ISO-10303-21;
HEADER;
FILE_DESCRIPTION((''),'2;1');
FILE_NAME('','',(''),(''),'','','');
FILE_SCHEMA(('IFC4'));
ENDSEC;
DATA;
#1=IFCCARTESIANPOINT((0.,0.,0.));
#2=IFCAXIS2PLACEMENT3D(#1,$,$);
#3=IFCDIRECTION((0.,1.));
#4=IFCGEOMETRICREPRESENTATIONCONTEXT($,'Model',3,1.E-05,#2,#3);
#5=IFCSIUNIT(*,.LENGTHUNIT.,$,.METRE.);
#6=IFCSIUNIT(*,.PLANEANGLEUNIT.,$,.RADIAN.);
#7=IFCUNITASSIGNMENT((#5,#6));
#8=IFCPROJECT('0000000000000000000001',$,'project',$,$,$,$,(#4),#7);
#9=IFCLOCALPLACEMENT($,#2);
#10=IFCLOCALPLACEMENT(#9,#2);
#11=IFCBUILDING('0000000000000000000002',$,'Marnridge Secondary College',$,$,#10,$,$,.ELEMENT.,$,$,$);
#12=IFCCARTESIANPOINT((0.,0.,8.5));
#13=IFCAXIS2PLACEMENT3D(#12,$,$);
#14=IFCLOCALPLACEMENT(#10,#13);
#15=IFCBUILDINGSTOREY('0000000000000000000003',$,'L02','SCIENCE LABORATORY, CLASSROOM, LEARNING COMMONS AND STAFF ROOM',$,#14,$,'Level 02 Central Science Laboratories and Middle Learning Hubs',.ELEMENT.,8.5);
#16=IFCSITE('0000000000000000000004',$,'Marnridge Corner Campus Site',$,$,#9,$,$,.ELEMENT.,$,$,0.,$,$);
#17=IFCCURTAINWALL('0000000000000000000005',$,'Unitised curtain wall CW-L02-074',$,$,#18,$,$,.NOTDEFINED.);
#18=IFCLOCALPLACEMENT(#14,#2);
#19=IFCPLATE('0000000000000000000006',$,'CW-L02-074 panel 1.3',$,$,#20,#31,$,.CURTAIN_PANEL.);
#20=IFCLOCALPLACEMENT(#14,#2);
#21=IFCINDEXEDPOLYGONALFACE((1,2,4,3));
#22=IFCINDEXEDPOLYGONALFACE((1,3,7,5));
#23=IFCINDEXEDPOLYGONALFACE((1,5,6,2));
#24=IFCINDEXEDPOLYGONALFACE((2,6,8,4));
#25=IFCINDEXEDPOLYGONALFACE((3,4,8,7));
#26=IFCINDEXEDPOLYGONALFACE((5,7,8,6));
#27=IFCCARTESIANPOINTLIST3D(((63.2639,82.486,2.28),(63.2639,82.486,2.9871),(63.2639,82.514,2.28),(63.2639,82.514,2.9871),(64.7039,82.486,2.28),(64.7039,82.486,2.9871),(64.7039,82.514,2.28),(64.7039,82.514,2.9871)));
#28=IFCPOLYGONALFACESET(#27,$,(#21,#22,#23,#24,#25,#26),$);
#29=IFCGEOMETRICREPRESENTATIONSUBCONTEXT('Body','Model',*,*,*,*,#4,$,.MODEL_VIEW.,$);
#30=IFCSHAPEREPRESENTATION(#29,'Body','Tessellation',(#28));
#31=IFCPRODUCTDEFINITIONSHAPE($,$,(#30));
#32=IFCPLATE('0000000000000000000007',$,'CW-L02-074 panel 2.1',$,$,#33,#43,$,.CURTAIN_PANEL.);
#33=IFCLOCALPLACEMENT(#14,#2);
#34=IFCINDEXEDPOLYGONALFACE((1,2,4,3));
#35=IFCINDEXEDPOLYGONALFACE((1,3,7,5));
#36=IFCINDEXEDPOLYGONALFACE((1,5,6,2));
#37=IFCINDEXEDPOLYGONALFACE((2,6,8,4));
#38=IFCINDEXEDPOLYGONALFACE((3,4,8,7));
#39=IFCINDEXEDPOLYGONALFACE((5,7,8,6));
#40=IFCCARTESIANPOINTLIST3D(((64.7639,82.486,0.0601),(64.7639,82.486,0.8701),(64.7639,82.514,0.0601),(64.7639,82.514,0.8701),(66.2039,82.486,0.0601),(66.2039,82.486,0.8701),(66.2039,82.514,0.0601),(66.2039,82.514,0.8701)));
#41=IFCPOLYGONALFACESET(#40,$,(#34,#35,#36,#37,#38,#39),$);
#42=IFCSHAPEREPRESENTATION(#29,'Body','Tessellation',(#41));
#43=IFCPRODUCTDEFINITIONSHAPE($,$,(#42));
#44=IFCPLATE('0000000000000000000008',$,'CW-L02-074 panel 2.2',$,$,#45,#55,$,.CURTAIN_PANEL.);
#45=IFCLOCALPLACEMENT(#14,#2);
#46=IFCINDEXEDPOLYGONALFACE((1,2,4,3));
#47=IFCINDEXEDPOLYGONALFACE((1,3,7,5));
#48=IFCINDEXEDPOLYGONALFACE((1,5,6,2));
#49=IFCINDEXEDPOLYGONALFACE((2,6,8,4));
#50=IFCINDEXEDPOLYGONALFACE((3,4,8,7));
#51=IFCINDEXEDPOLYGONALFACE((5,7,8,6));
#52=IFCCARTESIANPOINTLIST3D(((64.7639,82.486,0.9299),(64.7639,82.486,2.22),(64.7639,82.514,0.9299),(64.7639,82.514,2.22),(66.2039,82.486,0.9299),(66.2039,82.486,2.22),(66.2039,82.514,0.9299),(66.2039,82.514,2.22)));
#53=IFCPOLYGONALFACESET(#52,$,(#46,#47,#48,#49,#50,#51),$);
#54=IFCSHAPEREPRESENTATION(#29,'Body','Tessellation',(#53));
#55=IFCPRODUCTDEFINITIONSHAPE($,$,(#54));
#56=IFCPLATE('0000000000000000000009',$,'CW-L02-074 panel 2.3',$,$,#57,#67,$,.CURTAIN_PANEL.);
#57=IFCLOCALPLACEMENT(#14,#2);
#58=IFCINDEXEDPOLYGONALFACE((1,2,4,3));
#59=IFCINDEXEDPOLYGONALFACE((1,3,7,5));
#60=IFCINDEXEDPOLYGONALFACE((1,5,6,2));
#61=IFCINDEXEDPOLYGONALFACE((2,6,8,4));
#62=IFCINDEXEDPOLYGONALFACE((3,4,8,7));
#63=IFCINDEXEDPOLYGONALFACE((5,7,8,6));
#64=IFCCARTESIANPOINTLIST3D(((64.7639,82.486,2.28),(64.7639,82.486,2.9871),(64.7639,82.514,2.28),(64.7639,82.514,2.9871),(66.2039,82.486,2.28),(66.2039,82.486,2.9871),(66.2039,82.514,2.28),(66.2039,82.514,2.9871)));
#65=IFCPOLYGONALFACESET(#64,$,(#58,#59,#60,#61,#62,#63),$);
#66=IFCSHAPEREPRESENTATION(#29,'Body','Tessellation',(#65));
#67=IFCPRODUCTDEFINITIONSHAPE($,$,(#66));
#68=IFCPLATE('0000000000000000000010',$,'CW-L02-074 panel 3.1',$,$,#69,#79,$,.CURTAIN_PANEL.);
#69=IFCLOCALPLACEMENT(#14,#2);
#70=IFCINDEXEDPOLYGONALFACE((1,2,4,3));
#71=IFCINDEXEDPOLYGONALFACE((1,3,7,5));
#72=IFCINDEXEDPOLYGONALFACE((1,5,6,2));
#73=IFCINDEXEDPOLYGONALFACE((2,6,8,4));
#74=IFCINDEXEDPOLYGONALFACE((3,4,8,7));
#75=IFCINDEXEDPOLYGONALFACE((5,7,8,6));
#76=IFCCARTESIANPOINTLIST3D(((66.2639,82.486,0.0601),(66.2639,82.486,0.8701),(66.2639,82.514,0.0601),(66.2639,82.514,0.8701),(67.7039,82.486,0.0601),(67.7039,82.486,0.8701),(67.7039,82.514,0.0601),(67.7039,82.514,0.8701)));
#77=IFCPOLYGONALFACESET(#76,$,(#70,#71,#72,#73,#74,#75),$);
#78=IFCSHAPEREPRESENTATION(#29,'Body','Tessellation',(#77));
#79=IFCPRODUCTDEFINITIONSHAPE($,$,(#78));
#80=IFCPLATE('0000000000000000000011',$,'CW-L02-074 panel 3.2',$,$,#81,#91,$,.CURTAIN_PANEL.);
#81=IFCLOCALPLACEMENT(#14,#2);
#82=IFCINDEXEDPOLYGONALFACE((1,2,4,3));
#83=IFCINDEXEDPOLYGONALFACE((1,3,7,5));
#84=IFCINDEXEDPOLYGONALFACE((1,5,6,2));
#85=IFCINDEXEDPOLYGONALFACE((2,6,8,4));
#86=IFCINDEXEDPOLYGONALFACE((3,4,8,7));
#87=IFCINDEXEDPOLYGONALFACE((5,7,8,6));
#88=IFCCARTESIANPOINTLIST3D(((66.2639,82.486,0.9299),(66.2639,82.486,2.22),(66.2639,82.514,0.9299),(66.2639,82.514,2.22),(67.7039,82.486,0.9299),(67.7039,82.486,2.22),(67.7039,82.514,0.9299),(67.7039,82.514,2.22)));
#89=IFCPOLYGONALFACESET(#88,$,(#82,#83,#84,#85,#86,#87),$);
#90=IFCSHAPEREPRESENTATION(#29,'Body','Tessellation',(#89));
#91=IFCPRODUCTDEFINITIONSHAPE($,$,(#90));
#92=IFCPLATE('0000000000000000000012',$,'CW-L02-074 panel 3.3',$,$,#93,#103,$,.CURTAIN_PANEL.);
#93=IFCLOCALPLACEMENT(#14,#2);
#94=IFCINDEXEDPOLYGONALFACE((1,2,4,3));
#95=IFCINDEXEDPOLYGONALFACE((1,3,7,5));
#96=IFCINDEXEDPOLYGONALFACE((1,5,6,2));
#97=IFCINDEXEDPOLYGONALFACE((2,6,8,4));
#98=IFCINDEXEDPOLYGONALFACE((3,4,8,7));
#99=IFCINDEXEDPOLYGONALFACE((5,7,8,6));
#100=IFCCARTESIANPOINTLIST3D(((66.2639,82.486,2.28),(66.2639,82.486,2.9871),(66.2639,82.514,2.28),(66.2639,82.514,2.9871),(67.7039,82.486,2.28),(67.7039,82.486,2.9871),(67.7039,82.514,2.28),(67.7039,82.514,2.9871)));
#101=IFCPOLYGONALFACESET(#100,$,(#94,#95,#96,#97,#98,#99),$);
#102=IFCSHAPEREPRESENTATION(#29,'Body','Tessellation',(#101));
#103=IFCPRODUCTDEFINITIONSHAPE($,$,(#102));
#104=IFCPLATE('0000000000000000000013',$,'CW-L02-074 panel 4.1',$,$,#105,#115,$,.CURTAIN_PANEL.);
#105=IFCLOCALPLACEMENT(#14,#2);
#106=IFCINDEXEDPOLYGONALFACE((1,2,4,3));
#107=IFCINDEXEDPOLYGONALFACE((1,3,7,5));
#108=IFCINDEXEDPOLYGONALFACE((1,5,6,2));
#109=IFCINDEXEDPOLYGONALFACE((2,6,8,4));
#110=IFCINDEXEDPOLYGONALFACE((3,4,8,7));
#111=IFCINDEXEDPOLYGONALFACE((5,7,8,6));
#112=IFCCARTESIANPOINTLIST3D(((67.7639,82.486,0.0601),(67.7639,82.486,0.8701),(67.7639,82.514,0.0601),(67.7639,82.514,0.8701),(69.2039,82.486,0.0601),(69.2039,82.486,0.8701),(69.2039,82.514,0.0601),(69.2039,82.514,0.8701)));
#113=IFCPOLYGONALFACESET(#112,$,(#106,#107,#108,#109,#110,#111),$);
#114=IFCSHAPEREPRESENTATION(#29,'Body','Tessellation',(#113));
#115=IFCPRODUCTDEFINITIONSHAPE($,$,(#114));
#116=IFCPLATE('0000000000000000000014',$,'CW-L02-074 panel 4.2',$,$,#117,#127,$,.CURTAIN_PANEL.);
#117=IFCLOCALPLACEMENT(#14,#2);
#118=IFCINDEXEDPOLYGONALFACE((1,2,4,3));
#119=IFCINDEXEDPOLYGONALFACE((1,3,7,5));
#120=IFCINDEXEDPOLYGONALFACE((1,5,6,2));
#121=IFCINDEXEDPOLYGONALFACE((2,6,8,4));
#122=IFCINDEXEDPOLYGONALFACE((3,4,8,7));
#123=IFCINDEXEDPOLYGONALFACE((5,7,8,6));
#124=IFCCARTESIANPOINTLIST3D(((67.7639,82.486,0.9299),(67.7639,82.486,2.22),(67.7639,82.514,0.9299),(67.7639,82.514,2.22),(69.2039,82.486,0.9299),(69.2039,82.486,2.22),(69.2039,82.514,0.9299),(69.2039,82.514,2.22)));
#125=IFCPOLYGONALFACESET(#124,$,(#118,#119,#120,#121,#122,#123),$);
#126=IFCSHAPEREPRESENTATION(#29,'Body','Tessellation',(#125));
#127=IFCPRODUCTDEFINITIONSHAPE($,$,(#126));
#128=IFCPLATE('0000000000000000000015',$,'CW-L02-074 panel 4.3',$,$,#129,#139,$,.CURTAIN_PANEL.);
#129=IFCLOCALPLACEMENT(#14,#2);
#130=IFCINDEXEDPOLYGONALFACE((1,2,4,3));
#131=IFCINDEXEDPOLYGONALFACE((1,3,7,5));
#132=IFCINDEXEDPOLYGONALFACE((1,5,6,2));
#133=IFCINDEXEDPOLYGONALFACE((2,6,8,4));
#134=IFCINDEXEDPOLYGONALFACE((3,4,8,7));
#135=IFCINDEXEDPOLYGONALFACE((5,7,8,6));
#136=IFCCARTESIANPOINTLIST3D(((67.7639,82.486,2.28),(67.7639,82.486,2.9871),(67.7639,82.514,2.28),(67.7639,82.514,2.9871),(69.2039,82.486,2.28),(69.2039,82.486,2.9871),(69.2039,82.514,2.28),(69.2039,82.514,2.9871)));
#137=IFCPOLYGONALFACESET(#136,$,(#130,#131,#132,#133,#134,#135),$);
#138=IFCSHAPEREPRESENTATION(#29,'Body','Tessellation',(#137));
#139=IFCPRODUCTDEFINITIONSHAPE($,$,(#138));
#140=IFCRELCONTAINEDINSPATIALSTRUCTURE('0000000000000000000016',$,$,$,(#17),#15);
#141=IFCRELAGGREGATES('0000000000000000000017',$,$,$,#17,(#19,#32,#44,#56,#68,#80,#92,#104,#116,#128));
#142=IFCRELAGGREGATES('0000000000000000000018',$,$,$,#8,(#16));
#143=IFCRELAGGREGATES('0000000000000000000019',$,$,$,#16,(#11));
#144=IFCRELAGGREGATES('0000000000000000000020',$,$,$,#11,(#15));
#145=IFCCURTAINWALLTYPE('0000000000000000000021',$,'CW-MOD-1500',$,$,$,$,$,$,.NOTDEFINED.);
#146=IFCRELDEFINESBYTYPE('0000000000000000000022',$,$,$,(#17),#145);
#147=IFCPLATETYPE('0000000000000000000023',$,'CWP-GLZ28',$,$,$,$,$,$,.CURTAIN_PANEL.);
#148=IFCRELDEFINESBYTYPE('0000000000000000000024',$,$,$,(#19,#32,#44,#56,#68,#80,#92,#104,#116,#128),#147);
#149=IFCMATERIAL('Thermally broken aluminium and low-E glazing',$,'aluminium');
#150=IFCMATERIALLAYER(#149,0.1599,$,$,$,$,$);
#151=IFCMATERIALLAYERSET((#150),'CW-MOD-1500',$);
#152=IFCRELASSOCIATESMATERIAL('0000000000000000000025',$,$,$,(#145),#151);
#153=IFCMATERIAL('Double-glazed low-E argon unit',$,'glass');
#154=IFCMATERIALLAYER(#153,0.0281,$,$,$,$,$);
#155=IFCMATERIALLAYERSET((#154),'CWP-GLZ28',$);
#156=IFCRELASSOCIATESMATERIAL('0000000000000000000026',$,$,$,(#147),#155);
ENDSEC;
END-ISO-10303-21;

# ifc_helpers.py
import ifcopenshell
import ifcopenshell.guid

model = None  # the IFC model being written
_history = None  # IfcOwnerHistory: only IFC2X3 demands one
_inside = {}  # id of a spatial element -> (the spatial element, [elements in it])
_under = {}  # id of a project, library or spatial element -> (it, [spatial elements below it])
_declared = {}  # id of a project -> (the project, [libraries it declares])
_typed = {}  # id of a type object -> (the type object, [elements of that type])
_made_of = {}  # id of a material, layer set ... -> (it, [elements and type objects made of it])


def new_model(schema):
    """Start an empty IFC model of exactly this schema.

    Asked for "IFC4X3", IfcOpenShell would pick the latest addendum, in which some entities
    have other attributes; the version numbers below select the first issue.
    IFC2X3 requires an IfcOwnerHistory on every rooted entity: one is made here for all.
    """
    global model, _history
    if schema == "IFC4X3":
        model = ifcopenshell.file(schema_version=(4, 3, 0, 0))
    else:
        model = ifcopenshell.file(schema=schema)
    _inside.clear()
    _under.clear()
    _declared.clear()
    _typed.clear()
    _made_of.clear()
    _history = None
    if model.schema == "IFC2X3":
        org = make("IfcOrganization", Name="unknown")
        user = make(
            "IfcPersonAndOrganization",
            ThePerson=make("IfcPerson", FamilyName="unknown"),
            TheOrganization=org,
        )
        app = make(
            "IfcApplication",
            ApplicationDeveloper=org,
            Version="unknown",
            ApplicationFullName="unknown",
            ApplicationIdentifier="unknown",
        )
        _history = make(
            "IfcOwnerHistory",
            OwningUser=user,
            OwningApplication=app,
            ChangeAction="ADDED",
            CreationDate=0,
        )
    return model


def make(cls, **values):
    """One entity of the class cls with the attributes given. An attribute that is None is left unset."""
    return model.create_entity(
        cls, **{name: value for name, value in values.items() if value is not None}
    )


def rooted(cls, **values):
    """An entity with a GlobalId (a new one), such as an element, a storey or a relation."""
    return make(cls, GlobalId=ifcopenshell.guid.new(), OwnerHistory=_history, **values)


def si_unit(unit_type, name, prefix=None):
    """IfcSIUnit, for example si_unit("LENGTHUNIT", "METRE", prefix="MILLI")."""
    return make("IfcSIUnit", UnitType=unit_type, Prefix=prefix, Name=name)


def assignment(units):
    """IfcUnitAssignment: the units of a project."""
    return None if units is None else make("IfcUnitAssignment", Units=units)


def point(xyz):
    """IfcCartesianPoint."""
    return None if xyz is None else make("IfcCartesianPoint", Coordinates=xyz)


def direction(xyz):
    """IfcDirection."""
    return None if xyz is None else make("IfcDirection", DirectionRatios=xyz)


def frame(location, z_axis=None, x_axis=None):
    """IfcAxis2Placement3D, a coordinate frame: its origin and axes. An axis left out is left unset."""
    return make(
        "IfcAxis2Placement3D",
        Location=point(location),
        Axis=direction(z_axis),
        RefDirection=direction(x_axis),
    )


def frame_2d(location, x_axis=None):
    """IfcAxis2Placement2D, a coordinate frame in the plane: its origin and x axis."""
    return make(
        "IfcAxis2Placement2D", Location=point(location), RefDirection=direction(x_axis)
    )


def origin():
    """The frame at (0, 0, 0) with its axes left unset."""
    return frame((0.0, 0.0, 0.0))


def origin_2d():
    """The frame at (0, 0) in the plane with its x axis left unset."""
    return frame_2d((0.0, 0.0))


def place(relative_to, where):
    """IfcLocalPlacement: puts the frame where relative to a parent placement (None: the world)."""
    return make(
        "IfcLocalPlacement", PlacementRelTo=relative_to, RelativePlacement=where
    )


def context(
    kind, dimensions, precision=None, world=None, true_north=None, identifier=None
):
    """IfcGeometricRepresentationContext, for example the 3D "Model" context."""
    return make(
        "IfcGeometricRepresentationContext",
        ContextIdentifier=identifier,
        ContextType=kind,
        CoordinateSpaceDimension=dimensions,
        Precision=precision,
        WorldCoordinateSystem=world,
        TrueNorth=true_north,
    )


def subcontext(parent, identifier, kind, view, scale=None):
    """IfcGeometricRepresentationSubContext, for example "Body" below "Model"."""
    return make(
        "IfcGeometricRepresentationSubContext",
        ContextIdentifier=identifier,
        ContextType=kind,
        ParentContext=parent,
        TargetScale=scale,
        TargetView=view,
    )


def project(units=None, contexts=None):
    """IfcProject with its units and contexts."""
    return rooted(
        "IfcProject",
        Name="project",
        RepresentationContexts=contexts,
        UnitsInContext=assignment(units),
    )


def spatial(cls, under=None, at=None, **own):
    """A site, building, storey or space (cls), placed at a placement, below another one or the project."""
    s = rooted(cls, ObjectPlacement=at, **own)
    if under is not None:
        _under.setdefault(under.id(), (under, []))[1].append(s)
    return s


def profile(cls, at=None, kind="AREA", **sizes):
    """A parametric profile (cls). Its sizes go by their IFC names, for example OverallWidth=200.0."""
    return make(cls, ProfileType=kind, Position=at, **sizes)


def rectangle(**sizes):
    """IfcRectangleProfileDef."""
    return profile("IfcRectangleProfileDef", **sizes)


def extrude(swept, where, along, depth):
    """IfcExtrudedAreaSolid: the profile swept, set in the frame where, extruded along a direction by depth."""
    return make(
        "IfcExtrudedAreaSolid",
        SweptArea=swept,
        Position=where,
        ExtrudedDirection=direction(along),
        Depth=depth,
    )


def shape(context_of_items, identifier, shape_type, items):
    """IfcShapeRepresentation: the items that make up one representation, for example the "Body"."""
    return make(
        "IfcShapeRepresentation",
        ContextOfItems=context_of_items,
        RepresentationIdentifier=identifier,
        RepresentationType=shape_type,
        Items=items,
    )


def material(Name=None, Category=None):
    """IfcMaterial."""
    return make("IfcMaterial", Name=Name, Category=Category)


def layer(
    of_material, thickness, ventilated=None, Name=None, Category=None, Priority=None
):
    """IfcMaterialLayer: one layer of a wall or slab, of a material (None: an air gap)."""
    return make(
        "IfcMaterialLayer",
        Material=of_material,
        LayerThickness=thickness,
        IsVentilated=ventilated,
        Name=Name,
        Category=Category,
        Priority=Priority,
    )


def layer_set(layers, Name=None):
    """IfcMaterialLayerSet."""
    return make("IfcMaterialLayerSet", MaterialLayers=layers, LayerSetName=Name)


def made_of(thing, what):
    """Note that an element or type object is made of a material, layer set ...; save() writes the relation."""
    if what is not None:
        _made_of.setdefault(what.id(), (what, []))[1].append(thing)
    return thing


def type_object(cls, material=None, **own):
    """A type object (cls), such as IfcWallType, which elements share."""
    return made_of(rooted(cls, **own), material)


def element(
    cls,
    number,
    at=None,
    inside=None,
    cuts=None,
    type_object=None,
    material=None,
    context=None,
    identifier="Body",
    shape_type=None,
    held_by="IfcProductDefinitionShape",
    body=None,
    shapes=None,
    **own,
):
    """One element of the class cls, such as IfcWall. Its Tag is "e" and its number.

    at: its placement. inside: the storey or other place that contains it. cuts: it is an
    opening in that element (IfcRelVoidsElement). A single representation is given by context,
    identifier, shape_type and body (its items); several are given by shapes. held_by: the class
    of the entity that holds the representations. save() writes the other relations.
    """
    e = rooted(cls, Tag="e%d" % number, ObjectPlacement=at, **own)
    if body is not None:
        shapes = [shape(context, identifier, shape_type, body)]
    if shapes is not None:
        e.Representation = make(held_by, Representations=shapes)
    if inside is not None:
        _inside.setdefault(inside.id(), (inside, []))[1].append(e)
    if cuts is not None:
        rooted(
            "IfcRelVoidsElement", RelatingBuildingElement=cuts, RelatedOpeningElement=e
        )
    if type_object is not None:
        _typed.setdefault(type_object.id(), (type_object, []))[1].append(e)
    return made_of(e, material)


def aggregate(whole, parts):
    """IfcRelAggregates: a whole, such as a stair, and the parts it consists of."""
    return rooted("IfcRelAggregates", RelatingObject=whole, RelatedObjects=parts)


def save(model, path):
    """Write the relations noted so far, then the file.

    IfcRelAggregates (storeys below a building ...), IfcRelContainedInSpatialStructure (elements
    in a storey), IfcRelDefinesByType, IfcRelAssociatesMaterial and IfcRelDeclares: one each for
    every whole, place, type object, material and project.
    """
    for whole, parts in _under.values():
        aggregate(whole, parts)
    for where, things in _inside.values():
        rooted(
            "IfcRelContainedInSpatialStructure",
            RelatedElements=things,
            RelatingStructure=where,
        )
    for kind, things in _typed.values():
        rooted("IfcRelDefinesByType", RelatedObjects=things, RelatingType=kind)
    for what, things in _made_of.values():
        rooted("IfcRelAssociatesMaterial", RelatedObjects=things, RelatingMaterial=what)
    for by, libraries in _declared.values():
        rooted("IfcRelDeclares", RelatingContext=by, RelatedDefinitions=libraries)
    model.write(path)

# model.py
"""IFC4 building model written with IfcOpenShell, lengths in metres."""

from ifc_helpers import new_model, si_unit, direction, frame, origin, origin_2d, place, context, subcontext, project, spatial, rectangle, extrude, material, layer, layer_set, type_object, element, aggregate, save


model = new_model("IFC4")

# Units and contexts
model_context = context("Model", 3, precision=1e-05, world=origin(), true_north=direction((0.0, 1.0)))
body_context = subcontext(model_context, "Body", "Model", "MODEL_VIEW")
ifc_project = project(units=[si_unit("LENGTHUNIT", "METRE"), si_unit("PLANEANGLEUNIT", "RADIAN")], contexts=[model_context])

# Site, building, storey
site_placement = place(None, origin())
site = spatial("IfcSite", under=ifc_project, at=site_placement, Name="Marnridge Corner Campus Site", CompositionType="ELEMENT", RefElevation=0.0)
building_placement = place(site_placement, origin())
building = spatial("IfcBuilding", under=site, at=building_placement, Name="Marnridge Secondary College", CompositionType="ELEMENT")
storey_placement = place(building_placement, frame((0.0, 0.0, 8.5)))
storey = spatial("IfcBuildingStorey", under=building, at=storey_placement, Name="L02", Description="SCIENCE LABORATORY, CLASSROOM, LEARNING COMMONS AND STAFF ROOM", LongName="Level 02 Central Science Laboratories and Middle Learning Hubs", CompositionType="ELEMENT", Elevation=8.5)

# Curtain wall, plates
ifc_material_1 = material(Name="Thermally broken aluminium and low-E glazing", Category="aluminium")
ifc_layer_1 = layer(ifc_material_1, 0.1599)
ifc_layer_set_1 = layer_set([ifc_layer_1], Name="CW-MOD-1500")
curtain_wall_type = type_object("IfcCurtainWallType", Name="CW-MOD-1500", PredefinedType="NOTDEFINED", material=ifc_layer_set_1)
curtain_wall_placement = place(storey_placement, origin())
curtain_wall = element("IfcCurtainWall", 1, at=curtain_wall_placement, inside=storey, type_object=curtain_wall_type, Name="Unitised curtain wall CW-L02-074", PredefinedType="NOTDEFINED")
ifc_material_2 = material(Name="Double-glazed low-E argon unit", Category="glass")
ifc_layer_2 = layer(ifc_material_2, 0.0281)
ifc_layer_set_2 = layer_set([ifc_layer_2], Name="CWP-GLZ28")
plate_type = type_object("IfcPlateType", Name="CWP-GLZ28", PredefinedType="CURTAIN_PANEL", material=ifc_layer_set_2)
plate_1_placement = place(storey_placement, frame((63.9839, 82.5, 2.28), z_axis=(0.0, 0.0, 1.0), x_axis=(1.0, 0.0, 0.0)))
plate_1 = element("IfcPlate", 2, at=plate_1_placement, type_object=plate_type, Name="CW-L02-074 panel 1.3", PredefinedType="CURTAIN_PANEL", context=body_context, shape_type="SweptSolid", body=[
    extrude(rectangle(XDim=1.4399, YDim=0.0281, at=origin_2d()), origin(), (0.0, 0.0, 1.0), 0.707),
])
plate_2_placement = place(storey_placement, frame((65.4839, 82.5, 0.0601), z_axis=(0.0, 0.0, 1.0), x_axis=(1.0, 0.0, 0.0)))
plate_2 = element("IfcPlate", 3, at=plate_2_placement, type_object=plate_type, Name="CW-L02-074 panel 2.1", PredefinedType="CURTAIN_PANEL", context=body_context, shape_type="SweptSolid", body=[
    extrude(rectangle(XDim=1.4399, YDim=0.0281, at=origin_2d()), origin(), (0.0, 0.0, 1.0), 0.8101),
])
plate_3_placement = place(storey_placement, frame((65.4839, 82.5, 0.9299), z_axis=(0.0, 0.0, 1.0), x_axis=(1.0, 0.0, 0.0)))
plate_3 = element("IfcPlate", 4, at=plate_3_placement, type_object=plate_type, Name="CW-L02-074 panel 2.2", PredefinedType="CURTAIN_PANEL", context=body_context, shape_type="SweptSolid", body=[
    extrude(rectangle(XDim=1.4399, YDim=0.0281, at=origin_2d()), origin(), (0.0, 0.0, 1.0), 1.29),
])
plate_4_placement = place(storey_placement, frame((65.4839, 82.5, 2.28), z_axis=(0.0, 0.0, 1.0), x_axis=(1.0, 0.0, 0.0)))
plate_4 = element("IfcPlate", 5, at=plate_4_placement, type_object=plate_type, Name="CW-L02-074 panel 2.3", PredefinedType="CURTAIN_PANEL", context=body_context, shape_type="SweptSolid", body=[
    extrude(rectangle(XDim=1.4399, YDim=0.0281, at=origin_2d()), origin(), (0.0, 0.0, 1.0), 0.707),
])
plate_5_placement = place(storey_placement, frame((66.9839, 82.5, 0.0601), z_axis=(0.0, 0.0, 1.0), x_axis=(1.0, 0.0, 0.0)))
plate_5 = element("IfcPlate", 6, at=plate_5_placement, type_object=plate_type, Name="CW-L02-074 panel 3.1", PredefinedType="CURTAIN_PANEL", context=body_context, shape_type="SweptSolid", body=[
    extrude(rectangle(XDim=1.4399, YDim=0.0281, at=origin_2d()), origin(), (0.0, 0.0, 1.0), 0.8101),
])
plate_6_placement = place(storey_placement, frame((66.9839, 82.5, 0.9299), z_axis=(0.0, 0.0, 1.0), x_axis=(1.0, 0.0, 0.0)))
plate_6 = element("IfcPlate", 7, at=plate_6_placement, type_object=plate_type, Name="CW-L02-074 panel 3.2", PredefinedType="CURTAIN_PANEL", context=body_context, shape_type="SweptSolid", body=[
    extrude(rectangle(XDim=1.4399, YDim=0.0281, at=origin_2d()), origin(), (0.0, 0.0, 1.0), 1.29),
])
plate_7_placement = place(storey_placement, frame((66.9839, 82.5, 2.28), z_axis=(0.0, 0.0, 1.0), x_axis=(1.0, 0.0, 0.0)))
plate_7 = element("IfcPlate", 8, at=plate_7_placement, type_object=plate_type, Name="CW-L02-074 panel 3.3", PredefinedType="CURTAIN_PANEL", context=body_context, shape_type="SweptSolid", body=[
    extrude(rectangle(XDim=1.4399, YDim=0.0281, at=origin_2d()), origin(), (0.0, 0.0, 1.0), 0.707),
])
plate_8_placement = place(storey_placement, frame((68.4839, 82.5, 0.0601), z_axis=(0.0, 0.0, 1.0), x_axis=(1.0, 0.0, 0.0)))
plate_8 = element("IfcPlate", 9, at=plate_8_placement, type_object=plate_type, Name="CW-L02-074 panel 4.1", PredefinedType="CURTAIN_PANEL", context=body_context, shape_type="SweptSolid", body=[
    extrude(rectangle(XDim=1.4399, YDim=0.0281, at=origin_2d()), origin(), (0.0, 0.0, 1.0), 0.8101),
])
plate_9_placement = place(storey_placement, frame((68.4839, 82.5, 0.9299), z_axis=(0.0, 0.0, 1.0), x_axis=(1.0, 0.0, 0.0)))
plate_9 = element("IfcPlate", 10, at=plate_9_placement, type_object=plate_type, Name="CW-L02-074 panel 4.2", PredefinedType="CURTAIN_PANEL", context=body_context, shape_type="SweptSolid", body=[
    extrude(rectangle(XDim=1.4399, YDim=0.0281, at=origin_2d()), origin(), (0.0, 0.0, 1.0), 1.29),
])
plate_10_placement = place(storey_placement, frame((68.4839, 82.5, 2.28), z_axis=(0.0, 0.0, 1.0), x_axis=(1.0, 0.0, 0.0)))
plate_10 = element("IfcPlate", 11, at=plate_10_placement, type_object=plate_type, Name="CW-L02-074 panel 4.3", PredefinedType="CURTAIN_PANEL", context=body_context, shape_type="SweptSolid", body=[
    extrude(rectangle(XDim=1.4399, YDim=0.0281, at=origin_2d()), origin(), (0.0, 0.0, 1.0), 0.707),
])
aggregate(curtain_wall, [plate_1, plate_2, plate_3, plate_4, plate_5, plate_6, plate_7, plate_8, plate_9, plate_10])

save(model, "model.ifc")
